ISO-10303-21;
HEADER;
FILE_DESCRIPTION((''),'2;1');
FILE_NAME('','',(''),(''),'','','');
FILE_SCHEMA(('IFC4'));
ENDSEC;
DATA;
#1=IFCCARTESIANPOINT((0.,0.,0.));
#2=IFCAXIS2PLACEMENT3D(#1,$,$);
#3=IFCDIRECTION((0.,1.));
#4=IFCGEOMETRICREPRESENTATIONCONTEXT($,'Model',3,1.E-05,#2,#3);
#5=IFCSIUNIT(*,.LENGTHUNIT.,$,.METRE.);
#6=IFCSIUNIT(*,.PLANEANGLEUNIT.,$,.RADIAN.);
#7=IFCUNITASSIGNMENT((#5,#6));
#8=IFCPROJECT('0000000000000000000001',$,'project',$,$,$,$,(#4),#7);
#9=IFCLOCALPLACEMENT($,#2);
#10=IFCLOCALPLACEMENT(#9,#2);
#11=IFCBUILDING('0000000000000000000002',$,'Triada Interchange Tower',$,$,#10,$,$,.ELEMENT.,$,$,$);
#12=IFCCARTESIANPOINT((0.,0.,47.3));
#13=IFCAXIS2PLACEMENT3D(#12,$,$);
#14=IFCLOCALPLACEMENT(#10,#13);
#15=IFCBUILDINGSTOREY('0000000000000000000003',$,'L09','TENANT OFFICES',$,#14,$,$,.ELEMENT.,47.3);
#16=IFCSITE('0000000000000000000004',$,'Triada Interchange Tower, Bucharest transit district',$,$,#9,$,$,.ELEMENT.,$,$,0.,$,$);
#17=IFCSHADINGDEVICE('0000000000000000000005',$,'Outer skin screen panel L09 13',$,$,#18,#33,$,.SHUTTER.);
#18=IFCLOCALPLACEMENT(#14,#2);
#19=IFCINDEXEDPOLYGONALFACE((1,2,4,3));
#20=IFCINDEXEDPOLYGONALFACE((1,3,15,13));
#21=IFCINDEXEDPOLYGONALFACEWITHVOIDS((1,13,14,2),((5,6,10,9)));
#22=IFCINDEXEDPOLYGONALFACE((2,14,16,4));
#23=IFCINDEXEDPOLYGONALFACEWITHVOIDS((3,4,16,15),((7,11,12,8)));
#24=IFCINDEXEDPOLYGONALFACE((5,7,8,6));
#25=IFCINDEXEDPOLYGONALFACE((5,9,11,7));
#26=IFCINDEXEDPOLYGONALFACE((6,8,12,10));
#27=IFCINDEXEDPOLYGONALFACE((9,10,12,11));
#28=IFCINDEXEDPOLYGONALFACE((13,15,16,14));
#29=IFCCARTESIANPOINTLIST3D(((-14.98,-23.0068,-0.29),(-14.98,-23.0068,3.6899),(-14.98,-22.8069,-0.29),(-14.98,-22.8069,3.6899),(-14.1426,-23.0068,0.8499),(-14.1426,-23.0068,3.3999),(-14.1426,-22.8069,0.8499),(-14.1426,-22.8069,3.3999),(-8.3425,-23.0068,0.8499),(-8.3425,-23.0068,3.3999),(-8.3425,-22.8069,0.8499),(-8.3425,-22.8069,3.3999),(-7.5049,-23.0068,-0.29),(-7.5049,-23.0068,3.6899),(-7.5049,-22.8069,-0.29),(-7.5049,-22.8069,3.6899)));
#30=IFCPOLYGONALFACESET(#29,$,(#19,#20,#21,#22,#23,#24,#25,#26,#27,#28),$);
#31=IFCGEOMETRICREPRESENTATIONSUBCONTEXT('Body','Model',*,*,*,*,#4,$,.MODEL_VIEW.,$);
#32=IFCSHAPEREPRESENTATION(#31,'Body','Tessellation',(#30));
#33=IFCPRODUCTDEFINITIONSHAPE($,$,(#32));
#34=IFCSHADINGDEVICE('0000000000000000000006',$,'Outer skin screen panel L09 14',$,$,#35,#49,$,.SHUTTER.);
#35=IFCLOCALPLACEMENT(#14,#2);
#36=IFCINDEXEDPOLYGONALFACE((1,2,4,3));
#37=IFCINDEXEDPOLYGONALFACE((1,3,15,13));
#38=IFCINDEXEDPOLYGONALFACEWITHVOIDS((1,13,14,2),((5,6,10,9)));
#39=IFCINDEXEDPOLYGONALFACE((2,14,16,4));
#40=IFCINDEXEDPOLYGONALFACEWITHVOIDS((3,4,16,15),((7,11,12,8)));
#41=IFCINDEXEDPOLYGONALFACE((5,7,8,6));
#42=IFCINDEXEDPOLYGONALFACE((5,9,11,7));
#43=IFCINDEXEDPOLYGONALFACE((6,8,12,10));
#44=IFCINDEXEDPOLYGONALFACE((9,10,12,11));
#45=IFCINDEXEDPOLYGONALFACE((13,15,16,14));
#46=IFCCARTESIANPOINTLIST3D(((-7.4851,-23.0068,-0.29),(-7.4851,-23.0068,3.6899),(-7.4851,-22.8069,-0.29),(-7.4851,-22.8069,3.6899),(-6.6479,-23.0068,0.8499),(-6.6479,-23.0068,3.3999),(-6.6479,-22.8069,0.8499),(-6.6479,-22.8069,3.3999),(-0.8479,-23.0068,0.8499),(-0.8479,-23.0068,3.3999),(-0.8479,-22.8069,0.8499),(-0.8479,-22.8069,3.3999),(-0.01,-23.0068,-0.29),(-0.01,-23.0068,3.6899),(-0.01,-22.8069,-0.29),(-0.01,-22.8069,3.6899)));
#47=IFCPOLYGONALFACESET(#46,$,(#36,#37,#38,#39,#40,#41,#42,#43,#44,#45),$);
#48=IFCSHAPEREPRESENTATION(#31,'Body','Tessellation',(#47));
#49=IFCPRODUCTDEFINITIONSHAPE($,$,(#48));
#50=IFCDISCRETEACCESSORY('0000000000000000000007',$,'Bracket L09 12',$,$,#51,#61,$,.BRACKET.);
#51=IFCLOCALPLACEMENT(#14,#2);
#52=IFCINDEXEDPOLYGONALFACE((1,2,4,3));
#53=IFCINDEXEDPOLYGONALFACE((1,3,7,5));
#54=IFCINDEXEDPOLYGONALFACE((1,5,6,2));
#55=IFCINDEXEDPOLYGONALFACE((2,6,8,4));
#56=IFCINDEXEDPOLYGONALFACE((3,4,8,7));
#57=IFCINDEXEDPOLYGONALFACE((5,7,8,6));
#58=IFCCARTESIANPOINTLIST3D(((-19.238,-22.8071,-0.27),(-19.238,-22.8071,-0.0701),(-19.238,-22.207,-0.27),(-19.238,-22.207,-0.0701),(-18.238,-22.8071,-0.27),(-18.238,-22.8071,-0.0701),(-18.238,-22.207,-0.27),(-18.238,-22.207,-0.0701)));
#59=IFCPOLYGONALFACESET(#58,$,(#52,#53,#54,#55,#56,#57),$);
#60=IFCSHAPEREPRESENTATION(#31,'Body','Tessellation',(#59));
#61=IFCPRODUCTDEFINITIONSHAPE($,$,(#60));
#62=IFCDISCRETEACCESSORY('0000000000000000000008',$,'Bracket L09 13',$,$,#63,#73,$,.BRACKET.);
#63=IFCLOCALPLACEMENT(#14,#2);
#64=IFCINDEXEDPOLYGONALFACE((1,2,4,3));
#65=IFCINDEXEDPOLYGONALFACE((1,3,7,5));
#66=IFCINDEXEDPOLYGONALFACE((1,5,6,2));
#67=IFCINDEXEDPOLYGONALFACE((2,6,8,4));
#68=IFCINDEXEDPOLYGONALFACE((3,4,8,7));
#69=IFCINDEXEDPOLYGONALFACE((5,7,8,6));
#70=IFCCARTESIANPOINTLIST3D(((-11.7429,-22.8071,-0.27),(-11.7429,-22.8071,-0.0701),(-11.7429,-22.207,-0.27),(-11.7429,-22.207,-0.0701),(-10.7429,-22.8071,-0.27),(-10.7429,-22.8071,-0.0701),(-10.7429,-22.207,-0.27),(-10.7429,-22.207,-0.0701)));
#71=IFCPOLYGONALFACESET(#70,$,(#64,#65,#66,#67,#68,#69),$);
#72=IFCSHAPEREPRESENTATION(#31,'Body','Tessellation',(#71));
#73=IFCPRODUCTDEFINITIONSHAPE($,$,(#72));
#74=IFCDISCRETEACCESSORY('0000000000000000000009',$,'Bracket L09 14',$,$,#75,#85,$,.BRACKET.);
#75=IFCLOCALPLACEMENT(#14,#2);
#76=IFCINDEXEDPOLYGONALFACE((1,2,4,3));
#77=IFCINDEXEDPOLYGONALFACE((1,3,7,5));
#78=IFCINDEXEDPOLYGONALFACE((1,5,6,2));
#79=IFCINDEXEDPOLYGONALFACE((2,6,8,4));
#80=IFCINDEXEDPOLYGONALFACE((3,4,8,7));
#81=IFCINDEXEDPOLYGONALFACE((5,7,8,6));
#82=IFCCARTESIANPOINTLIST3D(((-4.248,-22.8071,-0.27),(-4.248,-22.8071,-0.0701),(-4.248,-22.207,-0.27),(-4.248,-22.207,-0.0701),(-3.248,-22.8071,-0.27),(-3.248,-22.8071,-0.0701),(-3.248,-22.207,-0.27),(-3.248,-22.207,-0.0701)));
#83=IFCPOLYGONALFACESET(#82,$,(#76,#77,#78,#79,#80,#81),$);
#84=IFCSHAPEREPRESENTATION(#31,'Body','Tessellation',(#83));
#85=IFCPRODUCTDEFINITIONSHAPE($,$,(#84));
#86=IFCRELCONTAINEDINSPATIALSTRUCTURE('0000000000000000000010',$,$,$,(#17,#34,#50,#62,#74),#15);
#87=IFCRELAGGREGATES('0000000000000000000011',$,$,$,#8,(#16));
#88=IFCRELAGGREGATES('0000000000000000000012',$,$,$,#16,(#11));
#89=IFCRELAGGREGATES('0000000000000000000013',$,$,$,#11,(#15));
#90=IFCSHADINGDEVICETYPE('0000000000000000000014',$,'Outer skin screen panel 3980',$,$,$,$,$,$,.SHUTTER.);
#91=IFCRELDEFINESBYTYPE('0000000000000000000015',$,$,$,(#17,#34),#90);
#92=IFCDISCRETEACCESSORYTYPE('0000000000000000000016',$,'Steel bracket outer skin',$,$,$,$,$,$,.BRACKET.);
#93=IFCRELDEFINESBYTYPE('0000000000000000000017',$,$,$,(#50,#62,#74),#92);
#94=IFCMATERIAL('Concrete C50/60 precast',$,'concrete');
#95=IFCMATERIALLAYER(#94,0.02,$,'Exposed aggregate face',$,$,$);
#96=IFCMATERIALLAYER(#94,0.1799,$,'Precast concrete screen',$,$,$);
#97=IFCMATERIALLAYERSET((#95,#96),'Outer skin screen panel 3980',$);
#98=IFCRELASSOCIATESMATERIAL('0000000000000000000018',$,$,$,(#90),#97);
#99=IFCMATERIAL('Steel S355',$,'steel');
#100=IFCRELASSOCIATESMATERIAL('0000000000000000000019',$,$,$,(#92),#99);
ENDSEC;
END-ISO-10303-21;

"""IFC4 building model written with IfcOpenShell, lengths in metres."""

from ifc_helpers import new_model, si_unit, direction, frame, origin, origin_2d, place, context, subcontext, project, spatial, polyline, rectangle, outline, extrude, material, layer, layer_set, type_object, element, save


model = new_model("IFC4")

# Units and contexts
model_context = context("Model", 3, precision=1e-05, world=origin(), true_north=direction((0.0, 1.0)))
body_context = subcontext(model_context, "Body", "Model", "MODEL_VIEW")
ifc_project = project(units=[si_unit("LENGTHUNIT", "METRE"), si_unit("PLANEANGLEUNIT", "RADIAN")], contexts=[model_context])

# Site, building, storey
site_placement = place(None, origin())
site = spatial("IfcSite", under=ifc_project, at=site_placement, Name="Triada Interchange Tower, Bucharest transit district", CompositionType="ELEMENT", RefElevation=0.0)
building_placement = place(site_placement, origin())
building = spatial("IfcBuilding", under=site, at=building_placement, Name="Triada Interchange Tower", CompositionType="ELEMENT")
storey_placement = place(building_placement, frame((0.0, 0.0, 47.3)))
storey = spatial("IfcBuildingStorey", under=building, at=storey_placement, Name="L09", Description="TENANT OFFICES", CompositionType="ELEMENT", Elevation=47.3)

# Shading devices
ifc_material_1 = material(Name="Concrete C50/60 precast", Category="concrete")
ifc_layer_1 = layer(ifc_material_1, 0.02, Name="Exposed aggregate face")
ifc_layer_2 = layer(ifc_material_1, 0.1799, Name="Precast concrete screen")
ifc_layer_set_1 = layer_set([ifc_layer_1, ifc_layer_2], Name="Outer skin screen panel 3980")
shading_device_type = type_object("IfcShadingDeviceType", Name="Outer skin screen panel 3980", PredefinedType="SHUTTER", material=ifc_layer_set_1)
shading_device_1_placement = place(storey_placement, frame((-14.98, -22.8069, -0.29), z_axis=(0.0, 0.0, 1.0), x_axis=(1.0, 0.0, 0.0)))
element("IfcShadingDevice", 1, at=shading_device_1_placement, inside=storey, type_object=shading_device_type, Name="Outer skin screen panel L09 13", PredefinedType="SHUTTER", context=body_context, shape_type="SweptSolid", body=[
    extrude(outline(polyline([(0.0, 0.0), (7.4751, 0.0), (7.4751, 3.98), (0.0, 3.98), (0.0, 0.0)]), holes=[polyline([(0.8374, 1.1399), (0.8374, 3.6899), (6.6375, 3.6899), (6.6375, 1.1399), (0.8374, 1.1399)])]), frame((0.0, 0.0, 0.0), z_axis=(0.0, -1.0, 0.0), x_axis=(1.0, 0.0, 0.0)), (0.0, 0.0, 1.0), 0.2),
])
shading_device_2_placement = place(storey_placement, frame((-7.4851, -22.8069, -0.29), z_axis=(0.0, 0.0, 1.0), x_axis=(1.0, 0.0, 0.0)))
element("IfcShadingDevice", 2, at=shading_device_2_placement, inside=storey, type_object=shading_device_type, Name="Outer skin screen panel L09 14", PredefinedType="SHUTTER", context=body_context, shape_type="SweptSolid", body=[
    extrude(outline(polyline([(0.0, 0.0), (7.4751, 0.0), (7.4751, 3.98), (0.0, 3.98), (0.0, 0.0)]), holes=[polyline([(0.8372, 1.1399), (0.8372, 3.6899), (6.6372, 3.6899), (6.6372, 1.1399), (0.8372, 1.1399)])]), frame((0.0, 0.0, 0.0), z_axis=(0.0, -1.0, 0.0), x_axis=(1.0, 0.0, 0.0)), (0.0, 0.0, 1.0), 0.2),
])

# Discrete accessories
ifc_material_2 = material(Name="Steel S355", Category="steel")
discrete_accessory_type = type_object("IfcDiscreteAccessoryType", Name="Steel bracket outer skin", PredefinedType="BRACKET", material=ifc_material_2)
for number, where, z_axis, x_axis, name in (
    (3, (-18.738, -22.5071, -0.27), (0.0, 0.0, 1.0), (0.0, -1.0, 0.0), "Bracket L09 12"),
    (4, (-11.2429, -22.5071, -0.27), (0.0, 0.0, 1.0), (0.0, -1.0, 0.0), "Bracket L09 13"),
    (5, (-3.748, -22.5071, -0.27), (0.0, 0.0, 1.0), (0.0, -1.0, 0.0), "Bracket L09 14"),
):
    element("IfcDiscreteAccessory", number, at=place(storey_placement, frame(where, z_axis=z_axis, x_axis=x_axis)), inside=storey, type_object=discrete_accessory_type, Name=name, PredefinedType="BRACKET", context=body_context, shape_type="SweptSolid", body=[
        extrude(rectangle(XDim=0.6001, YDim=1.0, at=origin_2d()), origin(), (0.0, 0.0, 1.0), 0.2),
    ])

save(model, "model.ifc")
